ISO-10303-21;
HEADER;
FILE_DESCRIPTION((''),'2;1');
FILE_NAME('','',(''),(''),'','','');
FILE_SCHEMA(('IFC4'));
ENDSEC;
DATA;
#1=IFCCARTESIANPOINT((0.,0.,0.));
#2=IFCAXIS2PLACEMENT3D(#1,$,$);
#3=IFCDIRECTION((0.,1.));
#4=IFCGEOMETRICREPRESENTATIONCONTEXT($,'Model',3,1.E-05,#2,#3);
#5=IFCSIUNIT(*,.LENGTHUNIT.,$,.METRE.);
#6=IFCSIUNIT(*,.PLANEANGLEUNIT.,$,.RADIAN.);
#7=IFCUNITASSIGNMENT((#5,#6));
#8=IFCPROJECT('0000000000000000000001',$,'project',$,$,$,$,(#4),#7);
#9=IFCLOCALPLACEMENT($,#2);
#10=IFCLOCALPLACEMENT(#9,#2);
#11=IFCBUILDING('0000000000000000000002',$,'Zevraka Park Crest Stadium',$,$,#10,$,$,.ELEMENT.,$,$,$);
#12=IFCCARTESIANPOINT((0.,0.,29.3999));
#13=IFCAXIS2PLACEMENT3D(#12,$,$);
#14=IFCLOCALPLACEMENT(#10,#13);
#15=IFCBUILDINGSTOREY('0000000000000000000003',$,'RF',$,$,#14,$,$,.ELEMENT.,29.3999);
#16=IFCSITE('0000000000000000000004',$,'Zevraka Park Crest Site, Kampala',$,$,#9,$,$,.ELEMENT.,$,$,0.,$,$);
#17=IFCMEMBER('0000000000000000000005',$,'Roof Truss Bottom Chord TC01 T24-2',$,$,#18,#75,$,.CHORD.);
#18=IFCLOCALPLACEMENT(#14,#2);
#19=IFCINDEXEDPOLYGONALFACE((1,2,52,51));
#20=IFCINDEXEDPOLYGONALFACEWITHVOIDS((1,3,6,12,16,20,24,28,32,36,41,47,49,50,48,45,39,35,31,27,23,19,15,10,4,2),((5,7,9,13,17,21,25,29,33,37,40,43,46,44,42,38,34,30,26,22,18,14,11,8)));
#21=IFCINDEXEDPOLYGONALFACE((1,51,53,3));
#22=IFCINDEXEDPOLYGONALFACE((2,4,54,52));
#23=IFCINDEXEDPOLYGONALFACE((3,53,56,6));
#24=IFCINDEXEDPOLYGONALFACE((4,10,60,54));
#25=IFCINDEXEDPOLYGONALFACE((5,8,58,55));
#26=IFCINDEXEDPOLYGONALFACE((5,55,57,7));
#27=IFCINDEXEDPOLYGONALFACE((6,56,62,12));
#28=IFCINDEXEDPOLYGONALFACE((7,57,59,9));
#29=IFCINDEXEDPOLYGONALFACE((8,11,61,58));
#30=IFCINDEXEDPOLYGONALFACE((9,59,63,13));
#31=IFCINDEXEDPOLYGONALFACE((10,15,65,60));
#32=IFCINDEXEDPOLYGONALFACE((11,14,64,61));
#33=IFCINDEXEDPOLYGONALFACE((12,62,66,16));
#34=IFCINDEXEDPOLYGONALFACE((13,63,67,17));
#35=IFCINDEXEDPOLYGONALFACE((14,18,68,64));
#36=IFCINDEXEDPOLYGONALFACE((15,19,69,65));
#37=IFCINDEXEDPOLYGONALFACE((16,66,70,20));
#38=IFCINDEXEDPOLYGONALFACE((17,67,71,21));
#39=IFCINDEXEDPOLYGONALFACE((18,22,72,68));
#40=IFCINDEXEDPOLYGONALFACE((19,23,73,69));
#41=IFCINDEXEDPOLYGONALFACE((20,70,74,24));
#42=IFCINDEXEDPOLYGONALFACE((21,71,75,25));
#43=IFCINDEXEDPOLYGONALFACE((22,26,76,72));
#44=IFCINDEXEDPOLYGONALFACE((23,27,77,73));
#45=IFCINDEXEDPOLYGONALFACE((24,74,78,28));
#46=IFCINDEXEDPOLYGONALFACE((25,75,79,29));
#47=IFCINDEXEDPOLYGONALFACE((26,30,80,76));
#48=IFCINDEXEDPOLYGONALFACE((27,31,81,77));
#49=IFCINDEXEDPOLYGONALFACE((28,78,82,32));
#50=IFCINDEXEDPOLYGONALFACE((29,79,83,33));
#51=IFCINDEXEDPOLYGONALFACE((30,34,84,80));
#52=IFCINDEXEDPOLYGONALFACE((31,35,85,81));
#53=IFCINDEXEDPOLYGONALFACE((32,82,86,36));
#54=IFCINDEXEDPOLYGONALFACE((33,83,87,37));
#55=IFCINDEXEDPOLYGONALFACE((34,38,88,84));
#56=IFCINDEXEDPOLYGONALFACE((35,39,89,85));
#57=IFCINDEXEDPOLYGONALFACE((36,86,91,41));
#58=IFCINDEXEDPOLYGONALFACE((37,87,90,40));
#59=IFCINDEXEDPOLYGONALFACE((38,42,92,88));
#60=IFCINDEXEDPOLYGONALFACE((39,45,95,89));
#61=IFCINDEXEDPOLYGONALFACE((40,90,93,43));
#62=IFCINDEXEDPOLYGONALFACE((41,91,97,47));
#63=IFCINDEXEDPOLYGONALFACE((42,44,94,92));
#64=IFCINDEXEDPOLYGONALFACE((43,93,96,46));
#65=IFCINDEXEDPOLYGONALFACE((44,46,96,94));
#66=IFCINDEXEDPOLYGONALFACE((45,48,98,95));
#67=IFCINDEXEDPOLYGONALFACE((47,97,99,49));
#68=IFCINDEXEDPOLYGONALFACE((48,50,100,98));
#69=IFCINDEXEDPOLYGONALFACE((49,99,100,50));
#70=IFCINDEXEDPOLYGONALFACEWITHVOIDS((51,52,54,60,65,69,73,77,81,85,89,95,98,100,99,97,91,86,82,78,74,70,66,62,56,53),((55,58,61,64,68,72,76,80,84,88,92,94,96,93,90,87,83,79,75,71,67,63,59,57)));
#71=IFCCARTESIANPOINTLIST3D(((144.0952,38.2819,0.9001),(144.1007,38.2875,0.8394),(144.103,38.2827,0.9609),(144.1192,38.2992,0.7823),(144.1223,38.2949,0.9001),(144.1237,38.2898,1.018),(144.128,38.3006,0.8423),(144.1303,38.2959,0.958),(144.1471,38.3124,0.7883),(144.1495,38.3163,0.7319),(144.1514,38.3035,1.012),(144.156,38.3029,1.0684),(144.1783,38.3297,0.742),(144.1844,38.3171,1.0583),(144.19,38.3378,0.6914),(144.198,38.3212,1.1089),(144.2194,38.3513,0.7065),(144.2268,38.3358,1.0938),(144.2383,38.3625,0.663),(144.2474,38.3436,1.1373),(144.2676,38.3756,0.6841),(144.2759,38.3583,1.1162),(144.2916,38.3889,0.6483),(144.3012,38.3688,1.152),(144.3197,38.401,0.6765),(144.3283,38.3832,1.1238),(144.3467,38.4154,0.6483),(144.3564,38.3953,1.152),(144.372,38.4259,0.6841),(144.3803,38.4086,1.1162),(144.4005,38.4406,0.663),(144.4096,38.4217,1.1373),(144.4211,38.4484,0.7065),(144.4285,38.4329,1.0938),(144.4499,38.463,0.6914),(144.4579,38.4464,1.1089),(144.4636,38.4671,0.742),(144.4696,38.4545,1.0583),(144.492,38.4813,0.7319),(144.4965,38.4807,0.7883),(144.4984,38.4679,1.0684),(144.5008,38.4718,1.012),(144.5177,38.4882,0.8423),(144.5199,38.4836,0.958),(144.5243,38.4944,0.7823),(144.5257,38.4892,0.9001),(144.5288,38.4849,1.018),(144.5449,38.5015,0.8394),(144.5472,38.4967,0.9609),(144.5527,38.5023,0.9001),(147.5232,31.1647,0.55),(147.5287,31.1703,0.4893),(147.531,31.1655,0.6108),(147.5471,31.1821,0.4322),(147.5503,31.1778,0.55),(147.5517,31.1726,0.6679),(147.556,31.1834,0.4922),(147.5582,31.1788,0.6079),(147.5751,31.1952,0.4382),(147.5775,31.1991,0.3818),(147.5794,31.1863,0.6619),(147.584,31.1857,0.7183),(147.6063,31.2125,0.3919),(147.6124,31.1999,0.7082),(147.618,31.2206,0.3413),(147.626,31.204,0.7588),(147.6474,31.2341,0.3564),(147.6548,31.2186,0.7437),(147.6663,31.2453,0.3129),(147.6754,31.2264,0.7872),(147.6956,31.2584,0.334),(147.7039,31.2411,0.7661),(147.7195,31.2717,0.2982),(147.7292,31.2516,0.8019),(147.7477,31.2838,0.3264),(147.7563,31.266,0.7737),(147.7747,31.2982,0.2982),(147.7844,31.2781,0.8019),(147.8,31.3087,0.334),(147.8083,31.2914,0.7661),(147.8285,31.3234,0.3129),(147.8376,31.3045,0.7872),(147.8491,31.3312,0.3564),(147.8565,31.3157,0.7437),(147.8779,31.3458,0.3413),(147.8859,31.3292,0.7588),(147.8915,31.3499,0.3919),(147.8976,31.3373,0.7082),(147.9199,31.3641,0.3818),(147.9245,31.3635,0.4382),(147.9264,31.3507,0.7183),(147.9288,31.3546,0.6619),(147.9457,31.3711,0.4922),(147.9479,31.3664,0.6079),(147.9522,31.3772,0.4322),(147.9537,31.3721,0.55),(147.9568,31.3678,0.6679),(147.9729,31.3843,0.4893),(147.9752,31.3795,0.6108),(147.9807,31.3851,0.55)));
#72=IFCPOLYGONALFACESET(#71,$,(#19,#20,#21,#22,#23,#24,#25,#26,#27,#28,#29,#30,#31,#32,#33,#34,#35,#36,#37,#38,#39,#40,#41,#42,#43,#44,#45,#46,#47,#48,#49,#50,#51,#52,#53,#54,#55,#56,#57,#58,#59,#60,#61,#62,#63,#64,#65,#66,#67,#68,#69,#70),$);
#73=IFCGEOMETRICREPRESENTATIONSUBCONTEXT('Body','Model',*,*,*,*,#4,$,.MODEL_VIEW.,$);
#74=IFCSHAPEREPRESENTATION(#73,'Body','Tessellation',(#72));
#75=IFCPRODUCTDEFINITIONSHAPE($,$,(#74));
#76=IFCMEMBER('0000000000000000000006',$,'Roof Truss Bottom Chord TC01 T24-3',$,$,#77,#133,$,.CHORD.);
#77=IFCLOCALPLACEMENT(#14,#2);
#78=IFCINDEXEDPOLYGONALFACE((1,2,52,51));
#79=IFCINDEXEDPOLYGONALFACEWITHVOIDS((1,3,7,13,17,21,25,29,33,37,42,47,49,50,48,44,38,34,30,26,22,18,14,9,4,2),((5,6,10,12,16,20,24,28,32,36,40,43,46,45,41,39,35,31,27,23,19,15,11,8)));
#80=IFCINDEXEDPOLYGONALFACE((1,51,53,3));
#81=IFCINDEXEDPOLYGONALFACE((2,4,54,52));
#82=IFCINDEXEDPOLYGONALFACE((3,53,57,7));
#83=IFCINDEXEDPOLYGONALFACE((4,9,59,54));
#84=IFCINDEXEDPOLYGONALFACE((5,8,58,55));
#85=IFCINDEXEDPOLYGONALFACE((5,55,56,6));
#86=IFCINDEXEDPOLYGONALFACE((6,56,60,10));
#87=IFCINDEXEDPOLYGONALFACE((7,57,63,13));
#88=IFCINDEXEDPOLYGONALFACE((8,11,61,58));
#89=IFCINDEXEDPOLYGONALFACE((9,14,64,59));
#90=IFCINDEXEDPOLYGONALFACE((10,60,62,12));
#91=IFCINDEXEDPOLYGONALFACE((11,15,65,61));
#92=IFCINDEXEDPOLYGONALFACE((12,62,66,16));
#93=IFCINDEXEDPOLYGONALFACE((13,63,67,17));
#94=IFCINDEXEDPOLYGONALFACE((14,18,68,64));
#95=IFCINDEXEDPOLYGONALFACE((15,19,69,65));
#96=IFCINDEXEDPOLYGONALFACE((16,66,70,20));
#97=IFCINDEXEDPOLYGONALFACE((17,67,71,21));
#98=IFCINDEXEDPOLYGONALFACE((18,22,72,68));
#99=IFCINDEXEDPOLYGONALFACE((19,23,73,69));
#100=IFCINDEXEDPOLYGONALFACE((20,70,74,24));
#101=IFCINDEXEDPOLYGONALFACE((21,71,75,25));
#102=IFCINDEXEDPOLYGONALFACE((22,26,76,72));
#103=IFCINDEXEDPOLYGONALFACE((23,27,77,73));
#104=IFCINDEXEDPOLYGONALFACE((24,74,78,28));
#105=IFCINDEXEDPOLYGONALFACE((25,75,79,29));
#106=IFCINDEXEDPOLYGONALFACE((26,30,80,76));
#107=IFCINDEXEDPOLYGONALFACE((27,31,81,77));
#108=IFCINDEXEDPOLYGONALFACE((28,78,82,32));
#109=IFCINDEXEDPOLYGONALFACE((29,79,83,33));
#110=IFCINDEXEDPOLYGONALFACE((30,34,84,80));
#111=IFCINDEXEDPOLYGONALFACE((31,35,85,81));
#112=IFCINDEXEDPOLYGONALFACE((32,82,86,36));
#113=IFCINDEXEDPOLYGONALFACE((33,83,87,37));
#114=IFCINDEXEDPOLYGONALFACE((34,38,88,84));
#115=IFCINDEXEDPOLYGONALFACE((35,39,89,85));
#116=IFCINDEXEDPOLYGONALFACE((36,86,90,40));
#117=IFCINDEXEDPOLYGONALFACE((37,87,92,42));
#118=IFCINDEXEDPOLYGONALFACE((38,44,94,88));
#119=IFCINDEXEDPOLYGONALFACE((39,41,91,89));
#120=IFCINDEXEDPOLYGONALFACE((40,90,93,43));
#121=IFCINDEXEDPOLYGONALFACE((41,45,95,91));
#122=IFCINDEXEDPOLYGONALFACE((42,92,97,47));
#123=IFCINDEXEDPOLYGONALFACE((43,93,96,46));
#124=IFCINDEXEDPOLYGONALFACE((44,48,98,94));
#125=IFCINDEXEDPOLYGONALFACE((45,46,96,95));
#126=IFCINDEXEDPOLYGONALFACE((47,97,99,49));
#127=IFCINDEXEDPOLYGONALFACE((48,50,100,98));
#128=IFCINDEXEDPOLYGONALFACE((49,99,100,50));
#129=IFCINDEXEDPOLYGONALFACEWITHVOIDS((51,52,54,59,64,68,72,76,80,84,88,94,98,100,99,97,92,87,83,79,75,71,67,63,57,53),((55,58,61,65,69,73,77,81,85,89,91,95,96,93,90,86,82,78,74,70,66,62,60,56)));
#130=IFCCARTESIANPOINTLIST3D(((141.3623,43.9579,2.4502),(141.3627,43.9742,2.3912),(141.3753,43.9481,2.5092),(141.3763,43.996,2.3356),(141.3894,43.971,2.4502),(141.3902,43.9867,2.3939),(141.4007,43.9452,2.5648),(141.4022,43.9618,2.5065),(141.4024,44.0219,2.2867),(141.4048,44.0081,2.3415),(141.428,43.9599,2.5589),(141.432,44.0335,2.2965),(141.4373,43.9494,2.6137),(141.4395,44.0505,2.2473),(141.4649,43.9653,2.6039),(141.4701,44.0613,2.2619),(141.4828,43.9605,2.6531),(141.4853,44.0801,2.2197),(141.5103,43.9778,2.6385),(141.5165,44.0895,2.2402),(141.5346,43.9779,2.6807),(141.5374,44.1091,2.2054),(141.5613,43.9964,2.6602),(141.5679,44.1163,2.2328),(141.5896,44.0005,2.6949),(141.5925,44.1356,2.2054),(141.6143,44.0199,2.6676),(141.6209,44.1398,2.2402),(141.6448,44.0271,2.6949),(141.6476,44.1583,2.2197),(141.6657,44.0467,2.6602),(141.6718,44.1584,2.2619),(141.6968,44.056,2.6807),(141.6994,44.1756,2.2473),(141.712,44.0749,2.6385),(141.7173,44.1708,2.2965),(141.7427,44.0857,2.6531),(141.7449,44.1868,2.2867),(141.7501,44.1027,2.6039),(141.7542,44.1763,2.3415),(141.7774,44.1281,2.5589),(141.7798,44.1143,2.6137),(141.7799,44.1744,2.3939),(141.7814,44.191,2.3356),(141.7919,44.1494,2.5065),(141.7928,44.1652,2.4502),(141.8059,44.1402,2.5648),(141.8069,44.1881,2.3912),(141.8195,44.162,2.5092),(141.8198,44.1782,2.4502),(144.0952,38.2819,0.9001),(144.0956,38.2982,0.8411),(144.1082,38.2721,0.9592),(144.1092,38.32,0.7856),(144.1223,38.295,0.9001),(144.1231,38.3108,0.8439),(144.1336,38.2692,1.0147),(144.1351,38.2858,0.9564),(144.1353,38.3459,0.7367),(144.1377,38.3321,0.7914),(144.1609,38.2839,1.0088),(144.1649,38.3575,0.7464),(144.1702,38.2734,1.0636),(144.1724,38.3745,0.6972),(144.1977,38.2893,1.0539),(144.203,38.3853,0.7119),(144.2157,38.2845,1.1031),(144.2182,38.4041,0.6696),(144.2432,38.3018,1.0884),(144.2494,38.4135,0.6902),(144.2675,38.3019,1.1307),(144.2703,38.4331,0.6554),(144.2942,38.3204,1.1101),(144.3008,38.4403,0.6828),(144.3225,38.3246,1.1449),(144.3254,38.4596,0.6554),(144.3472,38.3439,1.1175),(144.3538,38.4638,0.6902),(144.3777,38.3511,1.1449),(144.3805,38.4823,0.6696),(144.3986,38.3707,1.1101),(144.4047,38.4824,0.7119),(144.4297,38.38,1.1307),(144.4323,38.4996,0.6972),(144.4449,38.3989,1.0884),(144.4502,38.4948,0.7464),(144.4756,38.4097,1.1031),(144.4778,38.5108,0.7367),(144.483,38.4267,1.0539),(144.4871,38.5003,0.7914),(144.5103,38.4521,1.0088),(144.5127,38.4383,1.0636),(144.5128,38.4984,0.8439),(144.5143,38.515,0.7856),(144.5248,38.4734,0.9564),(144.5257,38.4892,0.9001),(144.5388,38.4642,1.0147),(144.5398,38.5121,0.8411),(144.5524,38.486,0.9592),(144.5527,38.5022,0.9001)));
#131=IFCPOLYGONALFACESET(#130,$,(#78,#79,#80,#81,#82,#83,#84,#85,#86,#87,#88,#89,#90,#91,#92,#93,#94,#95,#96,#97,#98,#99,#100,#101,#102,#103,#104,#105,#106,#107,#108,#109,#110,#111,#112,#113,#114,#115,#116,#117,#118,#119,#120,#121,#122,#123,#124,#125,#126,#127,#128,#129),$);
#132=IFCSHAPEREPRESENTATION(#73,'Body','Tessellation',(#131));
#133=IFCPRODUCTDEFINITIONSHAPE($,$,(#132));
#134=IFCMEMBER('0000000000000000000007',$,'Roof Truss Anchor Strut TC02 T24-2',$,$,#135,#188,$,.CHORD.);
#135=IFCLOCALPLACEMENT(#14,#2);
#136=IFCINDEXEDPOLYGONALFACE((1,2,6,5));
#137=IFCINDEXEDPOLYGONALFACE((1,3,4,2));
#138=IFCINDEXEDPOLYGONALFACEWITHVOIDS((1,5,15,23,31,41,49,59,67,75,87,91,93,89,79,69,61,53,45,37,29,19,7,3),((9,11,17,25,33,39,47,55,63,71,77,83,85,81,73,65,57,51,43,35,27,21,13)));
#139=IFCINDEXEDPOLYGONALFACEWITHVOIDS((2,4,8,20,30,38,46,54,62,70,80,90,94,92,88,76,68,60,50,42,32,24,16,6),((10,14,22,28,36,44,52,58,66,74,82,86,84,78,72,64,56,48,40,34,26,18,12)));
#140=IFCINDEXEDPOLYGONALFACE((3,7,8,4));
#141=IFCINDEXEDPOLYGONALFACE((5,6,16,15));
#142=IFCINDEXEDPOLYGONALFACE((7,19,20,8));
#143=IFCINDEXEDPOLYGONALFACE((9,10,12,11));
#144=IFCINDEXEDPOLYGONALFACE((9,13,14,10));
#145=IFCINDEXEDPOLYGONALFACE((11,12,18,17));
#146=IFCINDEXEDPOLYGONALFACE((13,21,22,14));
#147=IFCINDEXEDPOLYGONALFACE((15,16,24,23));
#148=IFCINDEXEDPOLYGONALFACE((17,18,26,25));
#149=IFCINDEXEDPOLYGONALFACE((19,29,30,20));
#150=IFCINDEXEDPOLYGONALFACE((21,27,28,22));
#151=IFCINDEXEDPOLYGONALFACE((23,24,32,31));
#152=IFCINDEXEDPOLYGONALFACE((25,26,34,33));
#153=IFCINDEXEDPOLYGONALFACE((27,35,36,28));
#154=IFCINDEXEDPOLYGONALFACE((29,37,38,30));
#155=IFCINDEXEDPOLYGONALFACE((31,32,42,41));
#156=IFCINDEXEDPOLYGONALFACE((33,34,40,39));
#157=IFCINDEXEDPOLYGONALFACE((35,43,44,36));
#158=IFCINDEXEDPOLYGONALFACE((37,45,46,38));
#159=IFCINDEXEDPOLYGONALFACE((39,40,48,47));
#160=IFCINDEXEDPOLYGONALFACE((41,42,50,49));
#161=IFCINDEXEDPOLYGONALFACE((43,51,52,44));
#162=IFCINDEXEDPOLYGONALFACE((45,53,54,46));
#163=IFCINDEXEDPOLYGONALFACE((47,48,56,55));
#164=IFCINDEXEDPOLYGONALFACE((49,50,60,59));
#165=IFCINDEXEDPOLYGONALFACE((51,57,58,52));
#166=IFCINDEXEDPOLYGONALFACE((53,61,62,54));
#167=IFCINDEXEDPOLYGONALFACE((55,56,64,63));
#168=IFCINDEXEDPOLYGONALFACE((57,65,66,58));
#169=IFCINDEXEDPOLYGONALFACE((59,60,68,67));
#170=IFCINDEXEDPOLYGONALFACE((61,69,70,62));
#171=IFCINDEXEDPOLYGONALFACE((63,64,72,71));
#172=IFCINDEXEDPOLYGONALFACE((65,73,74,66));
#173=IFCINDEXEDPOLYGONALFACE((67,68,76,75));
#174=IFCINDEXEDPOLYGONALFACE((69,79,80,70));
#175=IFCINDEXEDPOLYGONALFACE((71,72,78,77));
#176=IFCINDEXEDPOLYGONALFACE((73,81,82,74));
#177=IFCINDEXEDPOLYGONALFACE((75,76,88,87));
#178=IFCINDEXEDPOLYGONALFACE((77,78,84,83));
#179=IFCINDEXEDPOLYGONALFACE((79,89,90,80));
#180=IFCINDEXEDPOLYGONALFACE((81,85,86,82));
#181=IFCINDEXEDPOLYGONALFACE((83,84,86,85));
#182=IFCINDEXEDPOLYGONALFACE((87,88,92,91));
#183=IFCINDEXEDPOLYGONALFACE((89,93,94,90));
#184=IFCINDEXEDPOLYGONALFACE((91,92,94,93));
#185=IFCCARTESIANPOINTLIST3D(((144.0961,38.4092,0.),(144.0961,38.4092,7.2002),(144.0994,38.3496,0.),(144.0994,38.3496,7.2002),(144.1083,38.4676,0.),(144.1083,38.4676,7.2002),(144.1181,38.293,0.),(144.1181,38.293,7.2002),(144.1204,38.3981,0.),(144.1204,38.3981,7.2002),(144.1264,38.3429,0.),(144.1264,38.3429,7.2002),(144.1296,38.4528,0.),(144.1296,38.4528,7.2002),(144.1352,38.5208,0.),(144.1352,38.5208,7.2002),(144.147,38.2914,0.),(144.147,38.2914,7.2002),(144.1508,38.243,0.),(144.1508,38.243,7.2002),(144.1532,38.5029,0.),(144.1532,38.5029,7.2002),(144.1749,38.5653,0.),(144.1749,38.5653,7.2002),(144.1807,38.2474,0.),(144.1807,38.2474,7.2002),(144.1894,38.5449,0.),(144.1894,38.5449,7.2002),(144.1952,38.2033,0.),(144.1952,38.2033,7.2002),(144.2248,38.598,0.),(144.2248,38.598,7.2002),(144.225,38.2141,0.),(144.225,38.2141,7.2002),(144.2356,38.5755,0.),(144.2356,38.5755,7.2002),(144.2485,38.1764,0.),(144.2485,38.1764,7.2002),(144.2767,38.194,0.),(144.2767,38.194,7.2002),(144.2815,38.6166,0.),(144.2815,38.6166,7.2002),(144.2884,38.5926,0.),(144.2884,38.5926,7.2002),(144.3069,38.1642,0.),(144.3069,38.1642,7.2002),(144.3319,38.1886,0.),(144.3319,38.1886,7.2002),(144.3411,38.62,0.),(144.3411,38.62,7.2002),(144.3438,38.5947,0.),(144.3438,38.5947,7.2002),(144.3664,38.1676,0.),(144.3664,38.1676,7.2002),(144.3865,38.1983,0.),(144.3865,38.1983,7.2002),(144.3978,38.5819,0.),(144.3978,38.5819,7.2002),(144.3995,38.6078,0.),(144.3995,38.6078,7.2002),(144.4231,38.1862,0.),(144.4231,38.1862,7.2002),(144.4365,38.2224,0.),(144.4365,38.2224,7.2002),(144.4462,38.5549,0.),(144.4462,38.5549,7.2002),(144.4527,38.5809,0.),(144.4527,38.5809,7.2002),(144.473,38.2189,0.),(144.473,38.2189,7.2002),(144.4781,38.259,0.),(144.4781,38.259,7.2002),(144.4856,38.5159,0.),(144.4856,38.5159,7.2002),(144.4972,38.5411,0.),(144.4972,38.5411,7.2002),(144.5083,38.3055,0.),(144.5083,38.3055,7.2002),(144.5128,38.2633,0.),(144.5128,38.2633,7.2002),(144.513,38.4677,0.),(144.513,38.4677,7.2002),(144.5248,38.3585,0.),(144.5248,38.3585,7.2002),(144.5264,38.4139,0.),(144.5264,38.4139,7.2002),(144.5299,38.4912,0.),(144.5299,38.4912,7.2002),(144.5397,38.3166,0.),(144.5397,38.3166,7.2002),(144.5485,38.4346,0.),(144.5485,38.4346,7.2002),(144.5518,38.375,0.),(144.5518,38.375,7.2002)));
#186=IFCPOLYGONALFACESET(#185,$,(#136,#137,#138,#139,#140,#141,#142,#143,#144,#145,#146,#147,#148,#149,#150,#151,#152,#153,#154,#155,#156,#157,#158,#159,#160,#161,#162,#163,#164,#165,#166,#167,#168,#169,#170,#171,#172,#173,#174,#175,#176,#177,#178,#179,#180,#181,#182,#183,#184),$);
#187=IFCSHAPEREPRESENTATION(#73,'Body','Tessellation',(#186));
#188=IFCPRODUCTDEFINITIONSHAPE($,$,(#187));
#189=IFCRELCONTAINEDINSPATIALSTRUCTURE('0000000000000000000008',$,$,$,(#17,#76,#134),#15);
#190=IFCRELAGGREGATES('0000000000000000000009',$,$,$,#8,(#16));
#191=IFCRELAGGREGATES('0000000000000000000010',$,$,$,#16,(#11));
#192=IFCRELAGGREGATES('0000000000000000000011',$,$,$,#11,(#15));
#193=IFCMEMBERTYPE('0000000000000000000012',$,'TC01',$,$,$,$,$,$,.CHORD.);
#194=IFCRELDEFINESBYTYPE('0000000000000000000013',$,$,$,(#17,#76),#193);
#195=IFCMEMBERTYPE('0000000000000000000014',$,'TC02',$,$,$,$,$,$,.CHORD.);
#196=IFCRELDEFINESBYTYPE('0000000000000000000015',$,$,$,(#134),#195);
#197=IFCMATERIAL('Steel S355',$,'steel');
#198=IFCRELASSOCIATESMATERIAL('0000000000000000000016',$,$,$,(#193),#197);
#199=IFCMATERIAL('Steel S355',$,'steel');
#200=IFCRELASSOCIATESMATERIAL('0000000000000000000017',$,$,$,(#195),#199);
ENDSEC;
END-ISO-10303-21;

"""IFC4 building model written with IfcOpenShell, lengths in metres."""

from ifc_helpers import new_model, si_unit, direction, frame, origin, origin_2d, place, context, subcontext, project, spatial, hollow_circle, extrude, material, material_profile, profile_set, type_object, element, save


model = new_model("IFC4")

# Units and contexts
model_context = context("Model", 3, precision=1e-05, world=origin(), true_north=direction((0.0, 1.0)))
body_context = subcontext(model_context, "Body", "Model", "MODEL_VIEW")
ifc_project = project(units=[si_unit("LENGTHUNIT", "METRE"), si_unit("PLANEANGLEUNIT", "RADIAN")], contexts=[model_context])

# Site, building, storey
site_placement = place(None, origin())
site = spatial("IfcSite", under=ifc_project, at=site_placement, Name="Zevraka Park Crest Site, Kampala", CompositionType="ELEMENT", RefElevation=0.0)
building_placement = place(site_placement, origin())
building = spatial("IfcBuilding", under=site, at=building_placement, Name="Zevraka Park Crest Stadium", CompositionType="ELEMENT")
storey_placement = place(building_placement, frame((0.0, 0.0, 29.3999)))
storey = spatial("IfcBuildingStorey", under=building, at=storey_placement, Name="RF", CompositionType="ELEMENT", Elevation=29.3999)

# Members
ifc_material_1 = material(Name="Steel S355", Category="steel")
ifc_material_profile_1 = material_profile(ifc_material_1, hollow_circle(Radius=0.2539, WallThickness=0.03, at=origin_2d()), Name="CHS 508.0x30")
ifc_profile_set_1 = profile_set([ifc_material_profile_1], Name="Steel S355")
member_type_1 = type_object("IfcMemberType", Name="TC01", PredefinedType="CHORD", material=ifc_profile_set_1)
member_1_placement = place(storey_placement, frame((147.752, 31.2749, 0.55), z_axis=(-0.433512, 0.90006, 0.044274), x_axis=(-0.900943, -0.433937, 0.0)))
element("IfcMember", 1, at=member_1_placement, inside=storey, type_object=member_type_1, Name="Roof Truss Bottom Chord TC01 T24-2", PredefinedType="CHORD", context=body_context, shape_type="SweptSolid", body=[
    extrude(hollow_circle(Radius=0.2539, WallThickness=0.03, at=origin_2d()), origin(), (0.0, 0.0, 1.0), 7.9075),
])
member_2_placement = place(storey_placement, frame((144.324, 38.3921, 0.9001), z_axis=(-0.421253, 0.874906, 0.238926), x_axis=(-0.901001, -0.433817, 0.0)))
element("IfcMember", 2, at=member_2_placement, inside=storey, type_object=member_type_1, Name="Roof Truss Bottom Chord TC01 T24-3", PredefinedType="CHORD", context=body_context, shape_type="SweptSolid", body=[
    extrude(hollow_circle(Radius=0.2539, WallThickness=0.03, at=origin_2d()), origin(), (0.0, 0.0, 1.0), 6.4875),
])
ifc_material_2 = material(Name="Steel S355", Category="steel")
ifc_material_profile_2 = material_profile(ifc_material_2, hollow_circle(Radius=0.2285, WallThickness=0.0249, at=origin_2d()), Name="CHS 457.0x25")
ifc_profile_set_2 = profile_set([ifc_material_profile_2], Name="Steel S355")
member_type_2 = type_object("IfcMemberType", Name="TC02", PredefinedType="CHORD", material=ifc_profile_set_2)
member_3_placement = place(storey_placement, frame((144.324, 38.3921, 0.0), z_axis=(0.0, 0.0, 1.0), x_axis=(-0.433816, 0.901001, 0.0)))
element("IfcMember", 3, at=member_3_placement, inside=storey, type_object=member_type_2, Name="Roof Truss Anchor Strut TC02 T24-2", PredefinedType="CHORD", context=body_context, shape_type="SweptSolid", body=[
    extrude(hollow_circle(Radius=0.2285, WallThickness=0.0249, at=origin_2d()), origin(), (0.0, 0.0, 1.0), 7.2002),
])

save(model, "model.ifc")
